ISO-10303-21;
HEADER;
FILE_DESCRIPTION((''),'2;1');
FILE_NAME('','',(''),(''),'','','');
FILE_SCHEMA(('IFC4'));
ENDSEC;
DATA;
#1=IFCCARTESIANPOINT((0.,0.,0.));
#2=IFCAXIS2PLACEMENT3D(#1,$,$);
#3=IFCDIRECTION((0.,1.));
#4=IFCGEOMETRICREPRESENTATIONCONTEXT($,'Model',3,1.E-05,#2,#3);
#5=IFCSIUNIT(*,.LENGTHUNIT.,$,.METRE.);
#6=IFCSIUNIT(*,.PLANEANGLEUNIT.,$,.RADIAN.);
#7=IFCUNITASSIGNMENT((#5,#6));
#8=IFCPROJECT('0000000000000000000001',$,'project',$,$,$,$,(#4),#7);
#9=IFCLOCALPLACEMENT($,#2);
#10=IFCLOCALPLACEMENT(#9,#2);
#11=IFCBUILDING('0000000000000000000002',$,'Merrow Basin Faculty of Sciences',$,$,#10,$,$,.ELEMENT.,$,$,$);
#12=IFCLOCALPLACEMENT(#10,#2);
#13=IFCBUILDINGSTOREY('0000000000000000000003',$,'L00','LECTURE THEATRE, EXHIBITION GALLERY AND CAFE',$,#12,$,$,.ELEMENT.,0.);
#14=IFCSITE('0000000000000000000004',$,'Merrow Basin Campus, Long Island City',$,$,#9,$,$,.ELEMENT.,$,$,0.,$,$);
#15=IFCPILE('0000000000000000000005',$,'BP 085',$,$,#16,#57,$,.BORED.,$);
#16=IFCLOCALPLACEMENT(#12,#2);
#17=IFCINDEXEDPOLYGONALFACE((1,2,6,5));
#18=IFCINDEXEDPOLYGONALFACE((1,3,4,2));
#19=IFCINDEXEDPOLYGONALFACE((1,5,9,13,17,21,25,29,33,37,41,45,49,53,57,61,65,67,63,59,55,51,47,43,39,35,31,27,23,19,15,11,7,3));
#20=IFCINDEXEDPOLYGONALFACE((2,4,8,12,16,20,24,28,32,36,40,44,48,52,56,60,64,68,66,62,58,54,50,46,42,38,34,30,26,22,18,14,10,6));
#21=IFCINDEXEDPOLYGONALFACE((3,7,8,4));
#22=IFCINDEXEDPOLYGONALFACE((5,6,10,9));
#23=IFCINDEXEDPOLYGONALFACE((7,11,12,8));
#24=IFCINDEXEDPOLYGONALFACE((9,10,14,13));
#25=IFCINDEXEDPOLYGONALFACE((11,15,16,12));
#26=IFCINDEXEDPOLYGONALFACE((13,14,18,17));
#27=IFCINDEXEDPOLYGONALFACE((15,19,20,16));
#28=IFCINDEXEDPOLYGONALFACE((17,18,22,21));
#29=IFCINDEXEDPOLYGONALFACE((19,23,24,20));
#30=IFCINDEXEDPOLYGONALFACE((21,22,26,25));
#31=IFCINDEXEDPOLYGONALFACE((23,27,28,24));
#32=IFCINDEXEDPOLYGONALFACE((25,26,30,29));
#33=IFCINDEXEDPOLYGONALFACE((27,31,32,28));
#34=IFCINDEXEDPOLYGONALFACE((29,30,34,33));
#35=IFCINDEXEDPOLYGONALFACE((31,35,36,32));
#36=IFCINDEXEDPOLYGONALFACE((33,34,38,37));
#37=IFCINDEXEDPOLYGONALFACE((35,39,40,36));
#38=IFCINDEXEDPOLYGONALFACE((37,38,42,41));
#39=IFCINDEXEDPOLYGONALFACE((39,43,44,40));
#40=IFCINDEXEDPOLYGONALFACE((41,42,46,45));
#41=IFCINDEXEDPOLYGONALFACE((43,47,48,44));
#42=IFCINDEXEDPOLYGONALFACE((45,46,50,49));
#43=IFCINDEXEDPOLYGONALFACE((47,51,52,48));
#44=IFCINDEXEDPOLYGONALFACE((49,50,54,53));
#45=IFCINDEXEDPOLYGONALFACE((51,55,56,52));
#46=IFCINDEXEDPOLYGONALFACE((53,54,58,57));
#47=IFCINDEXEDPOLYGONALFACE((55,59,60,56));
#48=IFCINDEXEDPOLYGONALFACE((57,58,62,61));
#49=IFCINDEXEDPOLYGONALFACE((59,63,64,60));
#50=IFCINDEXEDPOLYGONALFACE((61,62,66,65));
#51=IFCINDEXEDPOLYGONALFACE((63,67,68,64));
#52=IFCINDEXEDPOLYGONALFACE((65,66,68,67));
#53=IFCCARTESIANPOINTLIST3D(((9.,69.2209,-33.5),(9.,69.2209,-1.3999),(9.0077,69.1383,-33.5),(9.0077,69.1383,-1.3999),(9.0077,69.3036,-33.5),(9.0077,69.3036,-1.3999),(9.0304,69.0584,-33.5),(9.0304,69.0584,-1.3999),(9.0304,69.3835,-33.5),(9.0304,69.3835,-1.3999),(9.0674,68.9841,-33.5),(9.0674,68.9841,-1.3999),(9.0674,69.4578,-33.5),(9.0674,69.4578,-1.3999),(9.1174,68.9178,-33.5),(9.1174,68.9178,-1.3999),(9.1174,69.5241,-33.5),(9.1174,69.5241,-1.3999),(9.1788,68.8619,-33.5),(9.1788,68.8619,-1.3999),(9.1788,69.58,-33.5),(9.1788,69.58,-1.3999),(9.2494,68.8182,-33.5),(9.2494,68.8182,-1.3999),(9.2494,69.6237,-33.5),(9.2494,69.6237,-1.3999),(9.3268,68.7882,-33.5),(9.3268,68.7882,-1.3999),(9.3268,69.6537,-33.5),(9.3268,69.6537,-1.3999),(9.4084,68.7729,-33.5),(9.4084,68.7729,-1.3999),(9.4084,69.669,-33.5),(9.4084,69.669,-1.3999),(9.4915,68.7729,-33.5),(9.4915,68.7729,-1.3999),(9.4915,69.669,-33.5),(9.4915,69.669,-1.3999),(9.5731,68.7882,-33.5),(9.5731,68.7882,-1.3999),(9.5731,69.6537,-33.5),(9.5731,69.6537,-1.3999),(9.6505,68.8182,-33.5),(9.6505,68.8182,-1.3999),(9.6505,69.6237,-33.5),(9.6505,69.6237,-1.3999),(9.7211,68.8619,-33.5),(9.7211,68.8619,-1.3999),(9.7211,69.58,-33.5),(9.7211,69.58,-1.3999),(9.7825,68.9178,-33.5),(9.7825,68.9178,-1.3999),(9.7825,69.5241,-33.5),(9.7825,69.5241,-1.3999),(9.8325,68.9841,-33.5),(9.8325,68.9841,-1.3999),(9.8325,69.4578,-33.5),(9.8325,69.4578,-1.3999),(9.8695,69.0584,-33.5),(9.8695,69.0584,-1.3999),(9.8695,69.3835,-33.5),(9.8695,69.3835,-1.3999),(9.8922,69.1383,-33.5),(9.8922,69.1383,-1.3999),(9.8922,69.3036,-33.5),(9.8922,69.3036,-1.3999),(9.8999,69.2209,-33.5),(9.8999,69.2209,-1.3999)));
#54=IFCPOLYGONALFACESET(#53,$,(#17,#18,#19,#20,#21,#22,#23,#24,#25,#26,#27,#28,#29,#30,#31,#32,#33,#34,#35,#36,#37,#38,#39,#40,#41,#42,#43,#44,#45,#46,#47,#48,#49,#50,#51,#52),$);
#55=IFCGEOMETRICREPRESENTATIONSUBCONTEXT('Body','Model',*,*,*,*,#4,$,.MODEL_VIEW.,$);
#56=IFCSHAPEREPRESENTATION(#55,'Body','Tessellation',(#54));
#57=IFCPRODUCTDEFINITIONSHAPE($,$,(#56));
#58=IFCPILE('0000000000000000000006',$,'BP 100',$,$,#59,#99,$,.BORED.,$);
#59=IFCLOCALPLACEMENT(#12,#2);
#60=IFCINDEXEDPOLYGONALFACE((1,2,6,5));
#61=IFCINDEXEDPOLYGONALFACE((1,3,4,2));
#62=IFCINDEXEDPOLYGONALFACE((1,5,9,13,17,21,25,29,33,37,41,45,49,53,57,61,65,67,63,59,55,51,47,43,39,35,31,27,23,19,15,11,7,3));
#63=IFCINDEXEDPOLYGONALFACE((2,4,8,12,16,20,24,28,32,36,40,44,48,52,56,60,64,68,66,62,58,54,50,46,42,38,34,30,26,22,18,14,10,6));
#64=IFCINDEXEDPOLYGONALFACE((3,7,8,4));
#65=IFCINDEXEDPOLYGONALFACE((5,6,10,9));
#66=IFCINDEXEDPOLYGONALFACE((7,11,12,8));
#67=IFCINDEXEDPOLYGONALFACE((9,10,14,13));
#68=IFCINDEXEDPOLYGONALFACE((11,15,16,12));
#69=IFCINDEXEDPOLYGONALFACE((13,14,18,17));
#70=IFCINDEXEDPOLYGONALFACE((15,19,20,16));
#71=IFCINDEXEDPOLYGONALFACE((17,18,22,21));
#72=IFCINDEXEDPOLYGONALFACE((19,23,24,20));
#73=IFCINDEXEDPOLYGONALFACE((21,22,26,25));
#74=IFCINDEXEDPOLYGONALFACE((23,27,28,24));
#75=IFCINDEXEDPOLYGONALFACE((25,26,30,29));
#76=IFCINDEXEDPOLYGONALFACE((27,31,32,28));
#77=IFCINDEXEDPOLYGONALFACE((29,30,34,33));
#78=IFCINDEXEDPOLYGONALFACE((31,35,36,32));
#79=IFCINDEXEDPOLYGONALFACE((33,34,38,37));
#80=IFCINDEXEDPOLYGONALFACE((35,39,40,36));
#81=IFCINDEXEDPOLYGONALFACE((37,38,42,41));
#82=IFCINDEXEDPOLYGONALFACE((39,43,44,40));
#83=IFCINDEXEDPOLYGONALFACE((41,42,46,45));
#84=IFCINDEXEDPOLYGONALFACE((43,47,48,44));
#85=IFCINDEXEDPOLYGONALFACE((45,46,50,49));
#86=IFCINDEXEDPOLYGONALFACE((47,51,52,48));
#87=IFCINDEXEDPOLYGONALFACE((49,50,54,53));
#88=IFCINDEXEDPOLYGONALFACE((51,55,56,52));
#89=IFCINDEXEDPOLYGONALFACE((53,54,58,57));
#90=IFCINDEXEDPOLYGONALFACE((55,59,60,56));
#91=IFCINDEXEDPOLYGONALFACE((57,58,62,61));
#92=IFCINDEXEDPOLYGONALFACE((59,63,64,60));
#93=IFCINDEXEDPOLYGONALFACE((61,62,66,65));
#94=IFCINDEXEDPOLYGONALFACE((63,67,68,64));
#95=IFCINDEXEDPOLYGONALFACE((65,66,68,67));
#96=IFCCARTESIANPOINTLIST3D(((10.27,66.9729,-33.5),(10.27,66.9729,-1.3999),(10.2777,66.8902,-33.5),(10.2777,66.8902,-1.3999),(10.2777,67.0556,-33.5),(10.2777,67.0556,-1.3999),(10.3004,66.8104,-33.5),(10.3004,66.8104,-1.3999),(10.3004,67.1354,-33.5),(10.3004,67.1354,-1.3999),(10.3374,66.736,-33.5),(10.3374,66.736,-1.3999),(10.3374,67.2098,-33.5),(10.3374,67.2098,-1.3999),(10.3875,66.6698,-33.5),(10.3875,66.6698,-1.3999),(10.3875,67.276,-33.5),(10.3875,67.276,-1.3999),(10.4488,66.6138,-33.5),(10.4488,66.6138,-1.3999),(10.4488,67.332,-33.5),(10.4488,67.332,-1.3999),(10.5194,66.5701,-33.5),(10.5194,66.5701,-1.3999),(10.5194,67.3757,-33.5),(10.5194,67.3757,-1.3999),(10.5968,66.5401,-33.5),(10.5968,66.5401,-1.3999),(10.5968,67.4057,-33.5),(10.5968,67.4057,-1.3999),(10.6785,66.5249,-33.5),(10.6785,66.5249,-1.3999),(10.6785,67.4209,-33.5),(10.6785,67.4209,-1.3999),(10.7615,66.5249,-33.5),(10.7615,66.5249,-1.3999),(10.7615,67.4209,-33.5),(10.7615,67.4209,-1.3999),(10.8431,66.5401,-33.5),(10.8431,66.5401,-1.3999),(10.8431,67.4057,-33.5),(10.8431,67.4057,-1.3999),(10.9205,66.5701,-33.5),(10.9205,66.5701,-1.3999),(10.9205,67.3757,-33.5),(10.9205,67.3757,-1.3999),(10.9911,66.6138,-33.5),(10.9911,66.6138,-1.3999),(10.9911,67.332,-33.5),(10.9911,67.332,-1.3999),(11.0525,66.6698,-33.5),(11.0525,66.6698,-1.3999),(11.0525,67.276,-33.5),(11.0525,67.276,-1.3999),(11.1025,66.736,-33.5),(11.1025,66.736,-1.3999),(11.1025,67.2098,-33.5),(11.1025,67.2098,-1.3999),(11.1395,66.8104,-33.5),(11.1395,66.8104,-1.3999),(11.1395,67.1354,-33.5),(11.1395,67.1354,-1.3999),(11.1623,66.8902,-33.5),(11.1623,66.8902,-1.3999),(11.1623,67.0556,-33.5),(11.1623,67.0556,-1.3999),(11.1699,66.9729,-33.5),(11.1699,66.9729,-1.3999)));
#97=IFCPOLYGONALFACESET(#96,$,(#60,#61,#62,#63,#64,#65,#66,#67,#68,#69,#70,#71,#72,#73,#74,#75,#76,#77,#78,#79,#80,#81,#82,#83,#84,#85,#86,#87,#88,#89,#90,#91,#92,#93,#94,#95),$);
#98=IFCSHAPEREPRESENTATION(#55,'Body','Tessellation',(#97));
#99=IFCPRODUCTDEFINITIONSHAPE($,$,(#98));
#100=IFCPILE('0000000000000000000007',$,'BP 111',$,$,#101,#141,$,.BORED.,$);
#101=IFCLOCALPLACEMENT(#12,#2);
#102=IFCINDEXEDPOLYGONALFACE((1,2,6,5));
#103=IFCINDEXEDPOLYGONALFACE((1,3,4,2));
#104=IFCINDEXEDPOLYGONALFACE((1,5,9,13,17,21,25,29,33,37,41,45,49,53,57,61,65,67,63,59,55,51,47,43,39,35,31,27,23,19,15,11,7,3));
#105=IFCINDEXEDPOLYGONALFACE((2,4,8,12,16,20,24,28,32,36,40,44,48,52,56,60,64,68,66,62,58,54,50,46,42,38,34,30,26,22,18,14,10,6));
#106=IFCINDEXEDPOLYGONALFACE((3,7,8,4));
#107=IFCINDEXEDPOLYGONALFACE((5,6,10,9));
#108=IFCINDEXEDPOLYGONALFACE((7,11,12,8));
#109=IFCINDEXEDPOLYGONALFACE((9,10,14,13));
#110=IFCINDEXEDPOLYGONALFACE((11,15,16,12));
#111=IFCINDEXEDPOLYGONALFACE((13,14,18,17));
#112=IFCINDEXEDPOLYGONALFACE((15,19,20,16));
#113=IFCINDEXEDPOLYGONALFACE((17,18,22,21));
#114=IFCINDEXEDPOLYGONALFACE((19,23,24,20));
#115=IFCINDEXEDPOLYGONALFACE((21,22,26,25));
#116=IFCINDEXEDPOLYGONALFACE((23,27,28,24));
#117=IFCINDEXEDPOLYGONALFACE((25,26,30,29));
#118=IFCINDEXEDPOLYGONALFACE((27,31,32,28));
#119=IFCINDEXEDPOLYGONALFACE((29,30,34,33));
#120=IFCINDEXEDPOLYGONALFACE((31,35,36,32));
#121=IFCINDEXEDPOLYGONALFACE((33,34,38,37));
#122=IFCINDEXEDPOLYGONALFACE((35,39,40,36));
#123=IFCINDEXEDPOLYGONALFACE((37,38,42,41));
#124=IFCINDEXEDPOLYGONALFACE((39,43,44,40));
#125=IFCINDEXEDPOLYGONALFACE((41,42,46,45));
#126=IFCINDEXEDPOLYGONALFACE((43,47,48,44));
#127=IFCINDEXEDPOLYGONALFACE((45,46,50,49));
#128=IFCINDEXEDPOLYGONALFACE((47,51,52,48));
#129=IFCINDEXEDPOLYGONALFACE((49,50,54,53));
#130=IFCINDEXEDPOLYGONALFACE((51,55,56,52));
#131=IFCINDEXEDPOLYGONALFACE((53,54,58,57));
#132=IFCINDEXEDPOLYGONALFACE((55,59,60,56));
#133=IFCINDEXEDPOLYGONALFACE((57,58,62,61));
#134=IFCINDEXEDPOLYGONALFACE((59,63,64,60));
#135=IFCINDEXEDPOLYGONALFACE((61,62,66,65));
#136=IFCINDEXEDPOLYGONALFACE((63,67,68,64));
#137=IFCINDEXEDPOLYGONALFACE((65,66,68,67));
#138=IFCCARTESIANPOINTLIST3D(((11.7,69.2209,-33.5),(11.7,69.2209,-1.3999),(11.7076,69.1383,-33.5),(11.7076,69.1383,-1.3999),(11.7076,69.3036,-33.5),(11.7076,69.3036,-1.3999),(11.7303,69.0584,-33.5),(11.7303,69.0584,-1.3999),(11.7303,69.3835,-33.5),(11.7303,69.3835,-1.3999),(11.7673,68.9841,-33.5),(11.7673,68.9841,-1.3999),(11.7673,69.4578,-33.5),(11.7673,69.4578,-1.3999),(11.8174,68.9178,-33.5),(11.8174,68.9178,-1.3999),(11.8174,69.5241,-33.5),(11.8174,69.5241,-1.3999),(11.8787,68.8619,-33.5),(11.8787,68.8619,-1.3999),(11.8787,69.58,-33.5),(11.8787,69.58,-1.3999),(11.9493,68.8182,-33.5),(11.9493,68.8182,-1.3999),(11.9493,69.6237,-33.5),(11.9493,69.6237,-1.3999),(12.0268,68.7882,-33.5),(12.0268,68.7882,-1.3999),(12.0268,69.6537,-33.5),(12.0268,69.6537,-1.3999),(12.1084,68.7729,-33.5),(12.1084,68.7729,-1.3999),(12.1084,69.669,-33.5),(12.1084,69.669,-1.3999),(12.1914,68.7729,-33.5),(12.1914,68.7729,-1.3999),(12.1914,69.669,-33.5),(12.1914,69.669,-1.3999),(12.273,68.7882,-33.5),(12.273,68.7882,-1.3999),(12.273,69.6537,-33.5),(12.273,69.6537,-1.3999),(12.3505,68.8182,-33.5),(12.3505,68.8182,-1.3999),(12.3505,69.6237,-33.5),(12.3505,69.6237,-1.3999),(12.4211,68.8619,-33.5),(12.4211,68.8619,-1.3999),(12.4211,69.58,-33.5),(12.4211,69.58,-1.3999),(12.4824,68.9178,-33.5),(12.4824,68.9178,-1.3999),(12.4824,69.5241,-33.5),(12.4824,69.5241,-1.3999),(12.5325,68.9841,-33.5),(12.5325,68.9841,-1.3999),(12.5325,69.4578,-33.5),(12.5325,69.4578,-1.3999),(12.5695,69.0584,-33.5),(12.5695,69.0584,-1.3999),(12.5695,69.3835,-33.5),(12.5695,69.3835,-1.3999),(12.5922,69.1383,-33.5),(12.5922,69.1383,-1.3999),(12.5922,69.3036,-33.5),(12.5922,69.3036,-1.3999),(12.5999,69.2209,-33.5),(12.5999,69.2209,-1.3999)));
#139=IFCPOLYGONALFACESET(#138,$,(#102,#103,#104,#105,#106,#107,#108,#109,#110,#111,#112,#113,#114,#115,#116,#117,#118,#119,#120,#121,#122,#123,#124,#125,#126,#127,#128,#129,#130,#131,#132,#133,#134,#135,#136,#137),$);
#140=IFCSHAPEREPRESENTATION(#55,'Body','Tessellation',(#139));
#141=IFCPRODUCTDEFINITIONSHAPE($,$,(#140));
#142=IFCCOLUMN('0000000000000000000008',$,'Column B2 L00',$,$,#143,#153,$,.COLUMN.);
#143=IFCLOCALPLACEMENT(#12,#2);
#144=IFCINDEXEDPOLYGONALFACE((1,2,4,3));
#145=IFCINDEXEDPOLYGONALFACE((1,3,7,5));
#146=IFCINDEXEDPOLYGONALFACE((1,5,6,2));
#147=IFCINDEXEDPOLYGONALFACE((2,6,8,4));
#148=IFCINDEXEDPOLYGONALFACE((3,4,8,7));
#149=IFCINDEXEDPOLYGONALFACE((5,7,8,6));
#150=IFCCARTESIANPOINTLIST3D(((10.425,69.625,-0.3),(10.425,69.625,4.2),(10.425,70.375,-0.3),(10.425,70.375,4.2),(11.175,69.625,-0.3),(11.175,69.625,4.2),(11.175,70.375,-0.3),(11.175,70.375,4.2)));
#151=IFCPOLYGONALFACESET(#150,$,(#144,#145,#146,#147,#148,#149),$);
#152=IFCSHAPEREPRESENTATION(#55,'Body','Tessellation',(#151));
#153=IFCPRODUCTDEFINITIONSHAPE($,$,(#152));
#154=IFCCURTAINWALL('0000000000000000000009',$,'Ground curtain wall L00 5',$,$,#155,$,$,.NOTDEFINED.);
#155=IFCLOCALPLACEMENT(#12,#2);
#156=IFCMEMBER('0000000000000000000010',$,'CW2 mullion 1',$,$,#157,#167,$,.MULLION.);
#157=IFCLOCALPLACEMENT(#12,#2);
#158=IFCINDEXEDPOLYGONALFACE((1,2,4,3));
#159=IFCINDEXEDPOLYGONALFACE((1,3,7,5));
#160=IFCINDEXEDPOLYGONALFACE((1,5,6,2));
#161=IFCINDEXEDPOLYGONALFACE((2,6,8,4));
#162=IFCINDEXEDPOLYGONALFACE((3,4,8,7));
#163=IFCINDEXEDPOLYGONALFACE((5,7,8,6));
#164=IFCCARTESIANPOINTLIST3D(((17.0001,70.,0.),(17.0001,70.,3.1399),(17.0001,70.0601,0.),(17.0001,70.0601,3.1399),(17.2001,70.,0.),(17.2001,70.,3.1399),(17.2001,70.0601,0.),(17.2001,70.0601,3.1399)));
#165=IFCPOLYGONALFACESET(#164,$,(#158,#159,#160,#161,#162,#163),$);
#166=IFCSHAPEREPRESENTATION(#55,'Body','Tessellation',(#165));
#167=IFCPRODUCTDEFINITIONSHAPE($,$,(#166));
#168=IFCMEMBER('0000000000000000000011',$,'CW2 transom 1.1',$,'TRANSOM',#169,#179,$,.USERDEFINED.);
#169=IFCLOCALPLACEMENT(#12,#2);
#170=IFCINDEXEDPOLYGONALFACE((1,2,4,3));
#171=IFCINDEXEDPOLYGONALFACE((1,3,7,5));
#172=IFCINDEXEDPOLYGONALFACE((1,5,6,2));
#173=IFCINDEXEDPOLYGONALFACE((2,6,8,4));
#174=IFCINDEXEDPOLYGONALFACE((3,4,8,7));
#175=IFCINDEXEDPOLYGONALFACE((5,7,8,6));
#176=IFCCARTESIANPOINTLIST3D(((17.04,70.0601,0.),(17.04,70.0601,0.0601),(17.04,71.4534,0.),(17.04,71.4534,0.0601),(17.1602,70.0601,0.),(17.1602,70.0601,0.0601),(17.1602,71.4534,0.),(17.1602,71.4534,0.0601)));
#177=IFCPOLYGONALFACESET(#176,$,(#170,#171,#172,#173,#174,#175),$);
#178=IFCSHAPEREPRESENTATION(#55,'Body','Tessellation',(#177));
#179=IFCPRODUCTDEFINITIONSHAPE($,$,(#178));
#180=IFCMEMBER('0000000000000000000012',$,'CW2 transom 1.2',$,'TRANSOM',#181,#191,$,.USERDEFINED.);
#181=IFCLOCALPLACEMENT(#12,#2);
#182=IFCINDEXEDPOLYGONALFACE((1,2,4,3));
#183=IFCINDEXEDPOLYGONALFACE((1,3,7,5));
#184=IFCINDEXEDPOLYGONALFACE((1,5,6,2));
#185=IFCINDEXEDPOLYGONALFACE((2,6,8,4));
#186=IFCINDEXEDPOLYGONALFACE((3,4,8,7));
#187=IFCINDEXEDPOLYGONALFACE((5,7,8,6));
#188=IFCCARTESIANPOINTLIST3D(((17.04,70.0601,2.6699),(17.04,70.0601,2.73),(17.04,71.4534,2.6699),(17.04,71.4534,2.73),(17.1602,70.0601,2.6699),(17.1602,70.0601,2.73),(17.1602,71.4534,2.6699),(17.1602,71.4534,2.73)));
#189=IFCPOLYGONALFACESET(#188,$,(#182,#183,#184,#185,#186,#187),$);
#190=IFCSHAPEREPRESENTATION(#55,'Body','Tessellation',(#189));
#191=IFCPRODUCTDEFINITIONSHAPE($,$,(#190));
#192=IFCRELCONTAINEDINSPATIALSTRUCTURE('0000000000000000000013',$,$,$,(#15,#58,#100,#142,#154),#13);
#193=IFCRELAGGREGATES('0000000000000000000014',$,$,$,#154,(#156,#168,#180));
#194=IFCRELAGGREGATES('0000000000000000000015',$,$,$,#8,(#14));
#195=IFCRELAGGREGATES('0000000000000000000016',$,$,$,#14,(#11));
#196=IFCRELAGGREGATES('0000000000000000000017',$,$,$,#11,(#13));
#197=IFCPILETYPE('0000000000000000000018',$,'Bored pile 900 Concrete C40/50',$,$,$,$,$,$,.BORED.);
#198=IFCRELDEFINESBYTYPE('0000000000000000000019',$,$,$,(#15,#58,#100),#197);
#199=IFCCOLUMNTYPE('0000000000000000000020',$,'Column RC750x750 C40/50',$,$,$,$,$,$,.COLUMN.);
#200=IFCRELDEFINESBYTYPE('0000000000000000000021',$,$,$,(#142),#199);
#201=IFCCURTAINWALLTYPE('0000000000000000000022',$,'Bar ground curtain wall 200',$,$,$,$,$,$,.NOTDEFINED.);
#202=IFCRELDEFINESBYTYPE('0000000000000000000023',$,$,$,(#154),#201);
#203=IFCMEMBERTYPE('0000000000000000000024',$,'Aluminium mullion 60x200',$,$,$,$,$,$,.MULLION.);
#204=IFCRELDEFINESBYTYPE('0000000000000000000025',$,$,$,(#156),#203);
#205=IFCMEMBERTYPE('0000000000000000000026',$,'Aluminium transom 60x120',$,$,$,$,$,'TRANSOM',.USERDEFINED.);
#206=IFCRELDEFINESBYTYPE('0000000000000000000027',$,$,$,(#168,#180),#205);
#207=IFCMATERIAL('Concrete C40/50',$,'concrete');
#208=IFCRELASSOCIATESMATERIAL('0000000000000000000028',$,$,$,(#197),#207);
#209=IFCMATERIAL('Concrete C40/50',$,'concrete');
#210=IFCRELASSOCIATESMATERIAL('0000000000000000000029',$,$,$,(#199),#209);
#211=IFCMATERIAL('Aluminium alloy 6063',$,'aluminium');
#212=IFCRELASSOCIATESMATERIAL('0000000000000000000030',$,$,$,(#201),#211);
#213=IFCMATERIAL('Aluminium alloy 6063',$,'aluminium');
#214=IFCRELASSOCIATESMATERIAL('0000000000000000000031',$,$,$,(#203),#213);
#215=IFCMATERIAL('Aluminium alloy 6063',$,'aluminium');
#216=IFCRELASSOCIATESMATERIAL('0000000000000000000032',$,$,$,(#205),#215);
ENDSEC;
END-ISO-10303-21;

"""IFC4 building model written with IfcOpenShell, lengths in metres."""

from ifc_helpers import new_model, si_unit, direction, frame, origin, origin_2d, place, context, subcontext, project, spatial, rectangle, circle, extrude, material, material_profile, profile_set, type_object, element, aggregate, save


model = new_model("IFC4")

# Units and contexts
model_context = context("Model", 3, precision=1e-05, world=origin(), true_north=direction((0.0, 1.0)))
body_context = subcontext(model_context, "Body", "Model", "MODEL_VIEW")
ifc_project = project(units=[si_unit("LENGTHUNIT", "METRE"), si_unit("PLANEANGLEUNIT", "RADIAN")], contexts=[model_context])

# Site, building, storey
site_placement = place(None, origin())
site = spatial("IfcSite", under=ifc_project, at=site_placement, Name="Merrow Basin Campus, Long Island City", CompositionType="ELEMENT", RefElevation=0.0)
building_placement = place(site_placement, origin())
building = spatial("IfcBuilding", under=site, at=building_placement, Name="Merrow Basin Faculty of Sciences", CompositionType="ELEMENT")
storey_placement = place(building_placement, origin())
storey = spatial("IfcBuildingStorey", under=building, at=storey_placement, Name="L00", Description="LECTURE THEATRE, EXHIBITION GALLERY AND CAFE", CompositionType="ELEMENT", Elevation=0.0)

# Piles
ifc_material_1 = material(Name="Concrete C40/50", Category="concrete")
ifc_material_profile_1 = material_profile(ifc_material_1, circle(Radius=0.45, at=origin_2d()))
ifc_profile_set_1 = profile_set([ifc_material_profile_1], Name="Concrete C40/50")
pile_type = type_object("IfcPileType", Name="Bored pile 900 Concrete C40/50", PredefinedType="BORED", material=ifc_profile_set_1)
for number, where, z_axis, x_axis, name in (
    (1, (9.45, 69.2209, -1.3999), (0.0, 0.0, -1.0), (1.0, 0.0, 0.0), "BP 085"),
    (2, (10.72, 66.9729, -1.3999), (0.0, 0.0, -1.0), (1.0, 0.0, 0.0), "BP 100"),
    (3, (12.1499, 69.2209, -1.3999), (0.0, 0.0, -1.0), (1.0, 0.0, 0.0), "BP 111"),
):
    element("IfcPile", number, at=place(storey_placement, frame(where, z_axis=z_axis, x_axis=x_axis)), inside=storey, type_object=pile_type, Name=name, PredefinedType="BORED", context=body_context, shape_type="SweptSolid", body=[
        extrude(circle(Radius=0.45, at=origin_2d()), origin(), (0.0, 0.0, 1.0), 32.1001),
    ])

# Column
ifc_material_2 = material(Name="Concrete C40/50", Category="concrete")
ifc_material_profile_2 = material_profile(ifc_material_2, rectangle(XDim=0.75, YDim=0.75, at=origin_2d()))
ifc_profile_set_2 = profile_set([ifc_material_profile_2], Name="Concrete C40/50")
column_type = type_object("IfcColumnType", Name="Column RC750x750 C40/50", PredefinedType="COLUMN", material=ifc_profile_set_2)
column_placement = place(storey_placement, frame((10.8, 70.0, -0.3), z_axis=(0.0, 0.0, 1.0), x_axis=(1.0, 0.0, 0.0)))
element("IfcColumn", 4, at=column_placement, inside=storey, type_object=column_type, Name="Column B2 L00", PredefinedType="COLUMN", context=body_context, shape_type="SweptSolid", body=[
    extrude(rectangle(XDim=0.75, YDim=0.75, at=origin_2d()), origin(), (0.0, 0.0, 1.0), 4.5),
])

# Curtain wall, members
ifc_material_3 = material(Name="Aluminium alloy 6063", Category="aluminium")
curtain_wall_type = type_object("IfcCurtainWallType", Name="Bar ground curtain wall 200", PredefinedType="NOTDEFINED", material=ifc_material_3)
curtain_wall_placement = place(storey_placement, origin())
curtain_wall = element("IfcCurtainWall", 5, at=curtain_wall_placement, inside=storey, type_object=curtain_wall_type, Name="Ground curtain wall L00 5", PredefinedType="NOTDEFINED")
ifc_material_4 = material(Name="Aluminium alloy 6063", Category="aluminium")
ifc_material_profile_3 = material_profile(ifc_material_4, rectangle(XDim=0.2, YDim=0.0601, at=origin_2d()))
ifc_profile_set_3 = profile_set([ifc_material_profile_3], Name="Aluminium alloy 6063")
member_type_1 = type_object("IfcMemberType", Name="Aluminium mullion 60x200", PredefinedType="MULLION", material=ifc_profile_set_3)
member_1_placement = place(storey_placement, frame((17.1001, 70.03, 0.0), z_axis=(0.0, 0.0, 1.0), x_axis=(-1.0, 0.0, 0.0)))
member_1 = element("IfcMember", 6, at=member_1_placement, type_object=member_type_1, Name="CW2 mullion 1", PredefinedType="MULLION", context=body_context, shape_type="SweptSolid", body=[
    extrude(rectangle(XDim=0.2, YDim=0.0601, at=origin_2d()), origin(), (0.0, 0.0, 1.0), 3.1399),
])
ifc_material_5 = material(Name="Aluminium alloy 6063", Category="aluminium")
ifc_material_profile_4 = material_profile(ifc_material_5, rectangle(XDim=0.1201, YDim=0.0601, at=origin_2d()))
ifc_profile_set_4 = profile_set([ifc_material_profile_4], Name="Aluminium alloy 6063")
member_type_2 = type_object("IfcMemberType", Name="Aluminium transom 60x120", ElementType="TRANSOM", PredefinedType="USERDEFINED", material=ifc_profile_set_4)
member_2_placement = place(storey_placement, frame((17.1001, 70.0601, 0.03), z_axis=(0.0, 1.0, 0.0), x_axis=(-1.0, 0.0, 0.0)))
member_2 = element("IfcMember", 7, at=member_2_placement, type_object=member_type_2, Name="CW2 transom 1.1", ObjectType="TRANSOM", PredefinedType="USERDEFINED", context=body_context, shape_type="SweptSolid", body=[
    extrude(rectangle(XDim=0.1201, YDim=0.0601, at=origin_2d()), origin(), (0.0, 0.0, 1.0), 1.3933),
])
member_3_placement = place(storey_placement, frame((17.1001, 70.0601, 2.7), z_axis=(0.0, 1.0, 0.0), x_axis=(-1.0, 0.0, 0.0)))
member_3 = element("IfcMember", 8, at=member_3_placement, type_object=member_type_2, Name="CW2 transom 1.2", ObjectType="TRANSOM", PredefinedType="USERDEFINED", context=body_context, shape_type="SweptSolid", body=[
    extrude(rectangle(XDim=0.1201, YDim=0.0601, at=origin_2d()), origin(), (0.0, 0.0, 1.0), 1.3933),
])
aggregate(curtain_wall, [member_1, member_2, member_3])

save(model, "model.ifc")
